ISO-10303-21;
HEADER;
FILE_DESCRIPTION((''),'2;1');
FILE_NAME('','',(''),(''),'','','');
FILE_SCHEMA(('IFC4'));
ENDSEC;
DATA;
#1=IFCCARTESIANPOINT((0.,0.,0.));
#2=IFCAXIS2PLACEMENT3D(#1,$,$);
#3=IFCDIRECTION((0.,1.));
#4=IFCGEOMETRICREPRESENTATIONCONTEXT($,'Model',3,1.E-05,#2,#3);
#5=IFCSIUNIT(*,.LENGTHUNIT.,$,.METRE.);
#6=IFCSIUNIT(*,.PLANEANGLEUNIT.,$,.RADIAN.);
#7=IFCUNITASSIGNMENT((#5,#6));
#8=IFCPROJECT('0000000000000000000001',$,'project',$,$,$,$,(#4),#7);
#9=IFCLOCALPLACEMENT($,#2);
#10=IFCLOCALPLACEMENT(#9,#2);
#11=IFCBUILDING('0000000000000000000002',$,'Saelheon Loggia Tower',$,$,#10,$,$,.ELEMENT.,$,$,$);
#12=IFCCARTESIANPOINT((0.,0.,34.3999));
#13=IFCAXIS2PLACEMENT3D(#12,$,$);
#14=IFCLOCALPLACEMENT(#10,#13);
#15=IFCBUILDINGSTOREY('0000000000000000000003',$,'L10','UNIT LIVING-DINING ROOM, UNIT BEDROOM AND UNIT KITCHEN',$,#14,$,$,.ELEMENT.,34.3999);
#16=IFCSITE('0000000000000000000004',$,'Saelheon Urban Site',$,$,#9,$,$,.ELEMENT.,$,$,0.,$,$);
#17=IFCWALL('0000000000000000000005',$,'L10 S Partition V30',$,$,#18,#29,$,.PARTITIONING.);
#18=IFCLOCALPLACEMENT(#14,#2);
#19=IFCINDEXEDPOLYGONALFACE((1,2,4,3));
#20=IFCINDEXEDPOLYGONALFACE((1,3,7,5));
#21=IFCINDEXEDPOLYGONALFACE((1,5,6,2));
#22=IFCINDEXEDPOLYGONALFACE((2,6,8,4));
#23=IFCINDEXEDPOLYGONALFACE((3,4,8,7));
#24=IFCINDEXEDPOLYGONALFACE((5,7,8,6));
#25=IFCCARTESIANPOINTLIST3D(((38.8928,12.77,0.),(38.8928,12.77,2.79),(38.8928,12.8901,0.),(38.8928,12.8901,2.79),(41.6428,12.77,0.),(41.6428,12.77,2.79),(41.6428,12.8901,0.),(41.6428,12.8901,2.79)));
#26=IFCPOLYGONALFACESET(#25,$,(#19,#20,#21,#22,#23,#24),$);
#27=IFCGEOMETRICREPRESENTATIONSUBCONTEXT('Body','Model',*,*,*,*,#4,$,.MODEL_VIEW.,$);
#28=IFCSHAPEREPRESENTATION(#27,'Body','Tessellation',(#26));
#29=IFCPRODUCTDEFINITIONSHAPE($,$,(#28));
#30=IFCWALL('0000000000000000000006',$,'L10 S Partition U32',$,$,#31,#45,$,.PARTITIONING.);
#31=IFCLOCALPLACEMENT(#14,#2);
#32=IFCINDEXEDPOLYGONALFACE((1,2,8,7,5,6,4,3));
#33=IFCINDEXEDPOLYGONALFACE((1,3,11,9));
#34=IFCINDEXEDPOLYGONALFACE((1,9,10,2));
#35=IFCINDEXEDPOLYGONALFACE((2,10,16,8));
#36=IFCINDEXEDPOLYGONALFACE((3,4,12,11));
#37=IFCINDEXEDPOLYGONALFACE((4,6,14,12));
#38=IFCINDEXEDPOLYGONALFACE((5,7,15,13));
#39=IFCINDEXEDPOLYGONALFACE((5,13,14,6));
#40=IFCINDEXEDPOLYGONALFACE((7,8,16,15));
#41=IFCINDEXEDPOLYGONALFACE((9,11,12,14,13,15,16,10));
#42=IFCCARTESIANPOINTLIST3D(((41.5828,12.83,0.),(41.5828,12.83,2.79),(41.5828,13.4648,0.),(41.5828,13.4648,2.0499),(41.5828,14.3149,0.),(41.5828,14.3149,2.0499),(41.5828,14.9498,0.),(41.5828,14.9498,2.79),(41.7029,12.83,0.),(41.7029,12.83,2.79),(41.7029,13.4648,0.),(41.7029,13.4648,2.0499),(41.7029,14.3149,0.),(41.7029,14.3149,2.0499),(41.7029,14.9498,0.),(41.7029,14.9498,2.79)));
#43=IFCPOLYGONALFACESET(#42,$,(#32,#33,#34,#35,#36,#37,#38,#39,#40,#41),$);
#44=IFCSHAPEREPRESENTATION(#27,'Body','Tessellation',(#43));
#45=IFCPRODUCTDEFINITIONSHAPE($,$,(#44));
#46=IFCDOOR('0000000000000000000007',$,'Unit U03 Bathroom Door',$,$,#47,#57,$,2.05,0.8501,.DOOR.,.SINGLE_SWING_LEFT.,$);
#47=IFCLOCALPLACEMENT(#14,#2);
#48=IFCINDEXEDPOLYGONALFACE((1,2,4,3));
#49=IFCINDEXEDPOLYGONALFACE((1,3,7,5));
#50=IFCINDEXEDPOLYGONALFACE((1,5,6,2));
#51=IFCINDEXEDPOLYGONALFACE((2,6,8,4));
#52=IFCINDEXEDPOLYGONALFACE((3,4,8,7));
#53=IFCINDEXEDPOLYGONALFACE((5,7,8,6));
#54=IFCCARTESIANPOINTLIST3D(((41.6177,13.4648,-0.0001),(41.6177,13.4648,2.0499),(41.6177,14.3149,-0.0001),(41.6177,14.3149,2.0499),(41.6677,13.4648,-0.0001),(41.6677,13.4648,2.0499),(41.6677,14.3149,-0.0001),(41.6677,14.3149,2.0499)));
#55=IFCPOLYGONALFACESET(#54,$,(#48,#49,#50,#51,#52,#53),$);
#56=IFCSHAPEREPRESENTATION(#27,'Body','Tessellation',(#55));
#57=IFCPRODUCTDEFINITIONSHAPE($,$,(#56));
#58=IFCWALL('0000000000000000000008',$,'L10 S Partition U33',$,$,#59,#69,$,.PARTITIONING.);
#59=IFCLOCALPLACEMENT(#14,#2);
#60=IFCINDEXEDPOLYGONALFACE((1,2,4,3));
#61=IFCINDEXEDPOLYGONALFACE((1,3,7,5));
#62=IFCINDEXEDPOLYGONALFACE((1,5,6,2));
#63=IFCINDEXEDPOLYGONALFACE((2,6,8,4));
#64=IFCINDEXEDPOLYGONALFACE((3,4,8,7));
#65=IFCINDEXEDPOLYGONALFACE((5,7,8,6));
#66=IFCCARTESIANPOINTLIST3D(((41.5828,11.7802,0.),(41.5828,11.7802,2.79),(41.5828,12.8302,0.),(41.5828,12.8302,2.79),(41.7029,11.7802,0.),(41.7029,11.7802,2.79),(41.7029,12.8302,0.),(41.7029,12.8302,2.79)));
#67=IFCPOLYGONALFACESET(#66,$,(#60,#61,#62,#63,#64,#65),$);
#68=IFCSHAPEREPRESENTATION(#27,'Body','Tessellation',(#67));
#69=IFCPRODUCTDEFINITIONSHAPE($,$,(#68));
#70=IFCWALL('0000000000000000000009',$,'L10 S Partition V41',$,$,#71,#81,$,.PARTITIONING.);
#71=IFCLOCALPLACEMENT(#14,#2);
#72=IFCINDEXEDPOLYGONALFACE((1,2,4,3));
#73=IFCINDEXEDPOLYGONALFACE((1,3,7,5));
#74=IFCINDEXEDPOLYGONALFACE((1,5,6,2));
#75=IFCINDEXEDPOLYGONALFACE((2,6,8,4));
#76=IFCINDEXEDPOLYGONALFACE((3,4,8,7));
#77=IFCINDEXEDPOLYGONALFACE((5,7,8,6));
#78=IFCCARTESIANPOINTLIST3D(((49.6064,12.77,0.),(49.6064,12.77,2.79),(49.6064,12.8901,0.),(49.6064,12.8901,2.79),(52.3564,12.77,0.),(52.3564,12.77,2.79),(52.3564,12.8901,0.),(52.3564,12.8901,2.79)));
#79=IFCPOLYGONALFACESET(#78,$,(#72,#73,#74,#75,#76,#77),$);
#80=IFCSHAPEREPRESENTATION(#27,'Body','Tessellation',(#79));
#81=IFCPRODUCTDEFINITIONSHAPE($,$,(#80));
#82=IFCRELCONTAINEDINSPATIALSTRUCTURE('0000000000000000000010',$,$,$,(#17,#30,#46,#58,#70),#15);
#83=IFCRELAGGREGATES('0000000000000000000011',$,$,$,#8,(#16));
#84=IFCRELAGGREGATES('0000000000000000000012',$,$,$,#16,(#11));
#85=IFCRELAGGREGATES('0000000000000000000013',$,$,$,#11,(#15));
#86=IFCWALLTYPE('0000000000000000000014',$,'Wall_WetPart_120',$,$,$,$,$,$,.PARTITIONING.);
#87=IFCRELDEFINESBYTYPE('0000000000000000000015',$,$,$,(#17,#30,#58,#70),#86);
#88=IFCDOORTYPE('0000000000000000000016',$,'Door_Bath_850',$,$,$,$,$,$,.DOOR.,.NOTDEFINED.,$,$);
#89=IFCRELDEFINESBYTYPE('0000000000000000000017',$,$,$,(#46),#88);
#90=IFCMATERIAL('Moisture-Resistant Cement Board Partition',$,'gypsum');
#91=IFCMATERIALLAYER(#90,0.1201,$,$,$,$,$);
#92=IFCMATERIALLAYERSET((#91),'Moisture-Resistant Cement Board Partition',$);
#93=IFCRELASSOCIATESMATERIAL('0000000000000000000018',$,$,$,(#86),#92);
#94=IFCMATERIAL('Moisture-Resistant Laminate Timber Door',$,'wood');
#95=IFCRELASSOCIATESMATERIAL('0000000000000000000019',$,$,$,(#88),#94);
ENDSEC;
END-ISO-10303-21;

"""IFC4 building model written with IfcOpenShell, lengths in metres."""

from ifc_helpers import new_model, si_unit, direction, frame, frame_2d, origin, place, context, subcontext, project, spatial, rectangle, extrude, source, transform, mapped, material, layer, layer_set, type_object, element, fill, save


model = new_model("IFC4")

# Units and contexts
model_context = context("Model", 3, precision=1e-05, world=origin(), true_north=direction((0.0, 1.0)))
body_context = subcontext(model_context, "Body", "Model", "MODEL_VIEW")
ifc_project = project(units=[si_unit("LENGTHUNIT", "METRE"), si_unit("PLANEANGLEUNIT", "RADIAN")], contexts=[model_context])

# Site, building, storey
site_placement = place(None, origin())
site = spatial("IfcSite", under=ifc_project, at=site_placement, Name="Saelheon Urban Site", CompositionType="ELEMENT", RefElevation=0.0)
building_placement = place(site_placement, origin())
building = spatial("IfcBuilding", under=site, at=building_placement, Name="Saelheon Loggia Tower", CompositionType="ELEMENT")
storey_placement = place(building_placement, frame((0.0, 0.0, 34.3999)))
storey = spatial("IfcBuildingStorey", under=building, at=storey_placement, Name="L10", Description="UNIT LIVING-DINING ROOM, UNIT BEDROOM AND UNIT KITCHEN", CompositionType="ELEMENT", Elevation=34.3999)

# Wall
ifc_material_1 = material(Name="Moisture-Resistant Cement Board Partition", Category="gypsum")
ifc_layer_1 = layer(ifc_material_1, 0.1201)
ifc_layer_set_1 = layer_set([ifc_layer_1], Name="Moisture-Resistant Cement Board Partition")
wall_type_1 = type_object("IfcWallType", Name="Wall_WetPart_120", PredefinedType="PARTITIONING", material=ifc_layer_set_1)
wall_1_placement = place(storey_placement, frame((38.8928, 12.8301, 0.0), z_axis=(0.0, 0.0, 1.0), x_axis=(1.0, 0.0, 0.0)))
element("IfcWall", 1, at=wall_1_placement, inside=storey, type_object=wall_type_1, Name="L10 S Partition V30", PredefinedType="PARTITIONING", context=body_context, shape_type="SweptSolid", body=[
    extrude(rectangle(XDim=2.75, YDim=0.1201, at=frame_2d((1.375, 0.0))), origin(), (0.0, 0.0, 1.0), 2.79),
])

# Wall, opening, door
wall_2_placement = place(storey_placement, frame((41.6428, 14.95, 0.0), z_axis=(0.0, 0.0, 1.0), x_axis=(0.0, -1.0, 0.0)))
wall_2 = element("IfcWall", 2, at=wall_2_placement, inside=storey, type_object=wall_type_1, Name="L10 S Partition U32", PredefinedType="PARTITIONING", context=body_context, shape_type="SweptSolid", body=[
    extrude(rectangle(XDim=2.1199, YDim=0.1201, at=frame_2d((1.0601, 0.0))), origin(), (0.0, 0.0, 1.0), 2.79),
])
opening_1_placement = place(wall_2_placement, frame((0.635, 0.0, 0.0)))
opening_1 = element("IfcOpeningElement", 3, at=opening_1_placement, cuts=wall_2, PredefinedType="OPENING", context=body_context, shape_type="SweptSolid", body=[
    extrude(rectangle(XDim=0.8501, YDim=2.05, at=frame_2d((0.425, 1.0249))), frame((0.0, 0.072, 0.0), z_axis=(0.0, -1.0, 0.0), x_axis=(1.0, 0.0, 0.0)), (0.0, 0.0, 1.0), 0.144),
])
ifc_material_2 = material(Name="Moisture-Resistant Laminate Timber Door", Category="wood")
door_type_1 = type_object("IfcDoorType", Name="Door_Bath_850", OperationType="NOTDEFINED", PredefinedType="DOOR", material=ifc_material_2)
shared_shape_1 = source(origin(), body_context, "Body", "SweptSolid", [
    extrude(rectangle(XDim=0.8501, YDim=2.05, at=frame_2d((0.425, 1.0249))), frame((0.0, 0.0249, 0.0), z_axis=(0.0, -1.0, 0.0), x_axis=(1.0, 0.0, 0.0)), (0.0, 0.0, 1.0), 0.05),
])
door_1_placement = place(opening_1_placement, origin())
door_1 = element("IfcDoor", 4, at=door_1_placement, inside=storey, type_object=door_type_1, Name="Unit U03 Bathroom Door", OperationType="SINGLE_SWING_LEFT", OverallHeight=2.05, OverallWidth=0.8501, PredefinedType="DOOR", context=body_context, shape_type="MappedRepresentation", body=[
    mapped(shared_shape_1, transform((0.0, 0.0, 0.0), scale=1.0)),
])
fill(opening_1, door_1)

# Walls
wall_3_placement = place(storey_placement, frame((41.6428, 12.8301, 0.0), z_axis=(0.0, 0.0, 1.0), x_axis=(0.0, -1.0, 0.0)))
element("IfcWall", 5, at=wall_3_placement, inside=storey, type_object=wall_type_1, Name="L10 S Partition U33", PredefinedType="PARTITIONING", context=body_context, shape_type="SweptSolid", body=[
    extrude(rectangle(XDim=1.05, YDim=0.1201, at=frame_2d((0.5249, 0.0))), origin(), (0.0, 0.0, 1.0), 2.79),
])
wall_4_placement = place(storey_placement, frame((49.6064, 12.8301, 0.0), z_axis=(0.0, 0.0, 1.0), x_axis=(1.0, 0.0, 0.0)))
element("IfcWall", 6, at=wall_4_placement, inside=storey, type_object=wall_type_1, Name="L10 S Partition V41", PredefinedType="PARTITIONING", context=body_context, shape_type="SweptSolid", body=[
    extrude(rectangle(XDim=2.75, YDim=0.1201, at=frame_2d((1.375, 0.0))), origin(), (0.0, 0.0, 1.0), 2.79),
])

save(model, "model.ifc")
